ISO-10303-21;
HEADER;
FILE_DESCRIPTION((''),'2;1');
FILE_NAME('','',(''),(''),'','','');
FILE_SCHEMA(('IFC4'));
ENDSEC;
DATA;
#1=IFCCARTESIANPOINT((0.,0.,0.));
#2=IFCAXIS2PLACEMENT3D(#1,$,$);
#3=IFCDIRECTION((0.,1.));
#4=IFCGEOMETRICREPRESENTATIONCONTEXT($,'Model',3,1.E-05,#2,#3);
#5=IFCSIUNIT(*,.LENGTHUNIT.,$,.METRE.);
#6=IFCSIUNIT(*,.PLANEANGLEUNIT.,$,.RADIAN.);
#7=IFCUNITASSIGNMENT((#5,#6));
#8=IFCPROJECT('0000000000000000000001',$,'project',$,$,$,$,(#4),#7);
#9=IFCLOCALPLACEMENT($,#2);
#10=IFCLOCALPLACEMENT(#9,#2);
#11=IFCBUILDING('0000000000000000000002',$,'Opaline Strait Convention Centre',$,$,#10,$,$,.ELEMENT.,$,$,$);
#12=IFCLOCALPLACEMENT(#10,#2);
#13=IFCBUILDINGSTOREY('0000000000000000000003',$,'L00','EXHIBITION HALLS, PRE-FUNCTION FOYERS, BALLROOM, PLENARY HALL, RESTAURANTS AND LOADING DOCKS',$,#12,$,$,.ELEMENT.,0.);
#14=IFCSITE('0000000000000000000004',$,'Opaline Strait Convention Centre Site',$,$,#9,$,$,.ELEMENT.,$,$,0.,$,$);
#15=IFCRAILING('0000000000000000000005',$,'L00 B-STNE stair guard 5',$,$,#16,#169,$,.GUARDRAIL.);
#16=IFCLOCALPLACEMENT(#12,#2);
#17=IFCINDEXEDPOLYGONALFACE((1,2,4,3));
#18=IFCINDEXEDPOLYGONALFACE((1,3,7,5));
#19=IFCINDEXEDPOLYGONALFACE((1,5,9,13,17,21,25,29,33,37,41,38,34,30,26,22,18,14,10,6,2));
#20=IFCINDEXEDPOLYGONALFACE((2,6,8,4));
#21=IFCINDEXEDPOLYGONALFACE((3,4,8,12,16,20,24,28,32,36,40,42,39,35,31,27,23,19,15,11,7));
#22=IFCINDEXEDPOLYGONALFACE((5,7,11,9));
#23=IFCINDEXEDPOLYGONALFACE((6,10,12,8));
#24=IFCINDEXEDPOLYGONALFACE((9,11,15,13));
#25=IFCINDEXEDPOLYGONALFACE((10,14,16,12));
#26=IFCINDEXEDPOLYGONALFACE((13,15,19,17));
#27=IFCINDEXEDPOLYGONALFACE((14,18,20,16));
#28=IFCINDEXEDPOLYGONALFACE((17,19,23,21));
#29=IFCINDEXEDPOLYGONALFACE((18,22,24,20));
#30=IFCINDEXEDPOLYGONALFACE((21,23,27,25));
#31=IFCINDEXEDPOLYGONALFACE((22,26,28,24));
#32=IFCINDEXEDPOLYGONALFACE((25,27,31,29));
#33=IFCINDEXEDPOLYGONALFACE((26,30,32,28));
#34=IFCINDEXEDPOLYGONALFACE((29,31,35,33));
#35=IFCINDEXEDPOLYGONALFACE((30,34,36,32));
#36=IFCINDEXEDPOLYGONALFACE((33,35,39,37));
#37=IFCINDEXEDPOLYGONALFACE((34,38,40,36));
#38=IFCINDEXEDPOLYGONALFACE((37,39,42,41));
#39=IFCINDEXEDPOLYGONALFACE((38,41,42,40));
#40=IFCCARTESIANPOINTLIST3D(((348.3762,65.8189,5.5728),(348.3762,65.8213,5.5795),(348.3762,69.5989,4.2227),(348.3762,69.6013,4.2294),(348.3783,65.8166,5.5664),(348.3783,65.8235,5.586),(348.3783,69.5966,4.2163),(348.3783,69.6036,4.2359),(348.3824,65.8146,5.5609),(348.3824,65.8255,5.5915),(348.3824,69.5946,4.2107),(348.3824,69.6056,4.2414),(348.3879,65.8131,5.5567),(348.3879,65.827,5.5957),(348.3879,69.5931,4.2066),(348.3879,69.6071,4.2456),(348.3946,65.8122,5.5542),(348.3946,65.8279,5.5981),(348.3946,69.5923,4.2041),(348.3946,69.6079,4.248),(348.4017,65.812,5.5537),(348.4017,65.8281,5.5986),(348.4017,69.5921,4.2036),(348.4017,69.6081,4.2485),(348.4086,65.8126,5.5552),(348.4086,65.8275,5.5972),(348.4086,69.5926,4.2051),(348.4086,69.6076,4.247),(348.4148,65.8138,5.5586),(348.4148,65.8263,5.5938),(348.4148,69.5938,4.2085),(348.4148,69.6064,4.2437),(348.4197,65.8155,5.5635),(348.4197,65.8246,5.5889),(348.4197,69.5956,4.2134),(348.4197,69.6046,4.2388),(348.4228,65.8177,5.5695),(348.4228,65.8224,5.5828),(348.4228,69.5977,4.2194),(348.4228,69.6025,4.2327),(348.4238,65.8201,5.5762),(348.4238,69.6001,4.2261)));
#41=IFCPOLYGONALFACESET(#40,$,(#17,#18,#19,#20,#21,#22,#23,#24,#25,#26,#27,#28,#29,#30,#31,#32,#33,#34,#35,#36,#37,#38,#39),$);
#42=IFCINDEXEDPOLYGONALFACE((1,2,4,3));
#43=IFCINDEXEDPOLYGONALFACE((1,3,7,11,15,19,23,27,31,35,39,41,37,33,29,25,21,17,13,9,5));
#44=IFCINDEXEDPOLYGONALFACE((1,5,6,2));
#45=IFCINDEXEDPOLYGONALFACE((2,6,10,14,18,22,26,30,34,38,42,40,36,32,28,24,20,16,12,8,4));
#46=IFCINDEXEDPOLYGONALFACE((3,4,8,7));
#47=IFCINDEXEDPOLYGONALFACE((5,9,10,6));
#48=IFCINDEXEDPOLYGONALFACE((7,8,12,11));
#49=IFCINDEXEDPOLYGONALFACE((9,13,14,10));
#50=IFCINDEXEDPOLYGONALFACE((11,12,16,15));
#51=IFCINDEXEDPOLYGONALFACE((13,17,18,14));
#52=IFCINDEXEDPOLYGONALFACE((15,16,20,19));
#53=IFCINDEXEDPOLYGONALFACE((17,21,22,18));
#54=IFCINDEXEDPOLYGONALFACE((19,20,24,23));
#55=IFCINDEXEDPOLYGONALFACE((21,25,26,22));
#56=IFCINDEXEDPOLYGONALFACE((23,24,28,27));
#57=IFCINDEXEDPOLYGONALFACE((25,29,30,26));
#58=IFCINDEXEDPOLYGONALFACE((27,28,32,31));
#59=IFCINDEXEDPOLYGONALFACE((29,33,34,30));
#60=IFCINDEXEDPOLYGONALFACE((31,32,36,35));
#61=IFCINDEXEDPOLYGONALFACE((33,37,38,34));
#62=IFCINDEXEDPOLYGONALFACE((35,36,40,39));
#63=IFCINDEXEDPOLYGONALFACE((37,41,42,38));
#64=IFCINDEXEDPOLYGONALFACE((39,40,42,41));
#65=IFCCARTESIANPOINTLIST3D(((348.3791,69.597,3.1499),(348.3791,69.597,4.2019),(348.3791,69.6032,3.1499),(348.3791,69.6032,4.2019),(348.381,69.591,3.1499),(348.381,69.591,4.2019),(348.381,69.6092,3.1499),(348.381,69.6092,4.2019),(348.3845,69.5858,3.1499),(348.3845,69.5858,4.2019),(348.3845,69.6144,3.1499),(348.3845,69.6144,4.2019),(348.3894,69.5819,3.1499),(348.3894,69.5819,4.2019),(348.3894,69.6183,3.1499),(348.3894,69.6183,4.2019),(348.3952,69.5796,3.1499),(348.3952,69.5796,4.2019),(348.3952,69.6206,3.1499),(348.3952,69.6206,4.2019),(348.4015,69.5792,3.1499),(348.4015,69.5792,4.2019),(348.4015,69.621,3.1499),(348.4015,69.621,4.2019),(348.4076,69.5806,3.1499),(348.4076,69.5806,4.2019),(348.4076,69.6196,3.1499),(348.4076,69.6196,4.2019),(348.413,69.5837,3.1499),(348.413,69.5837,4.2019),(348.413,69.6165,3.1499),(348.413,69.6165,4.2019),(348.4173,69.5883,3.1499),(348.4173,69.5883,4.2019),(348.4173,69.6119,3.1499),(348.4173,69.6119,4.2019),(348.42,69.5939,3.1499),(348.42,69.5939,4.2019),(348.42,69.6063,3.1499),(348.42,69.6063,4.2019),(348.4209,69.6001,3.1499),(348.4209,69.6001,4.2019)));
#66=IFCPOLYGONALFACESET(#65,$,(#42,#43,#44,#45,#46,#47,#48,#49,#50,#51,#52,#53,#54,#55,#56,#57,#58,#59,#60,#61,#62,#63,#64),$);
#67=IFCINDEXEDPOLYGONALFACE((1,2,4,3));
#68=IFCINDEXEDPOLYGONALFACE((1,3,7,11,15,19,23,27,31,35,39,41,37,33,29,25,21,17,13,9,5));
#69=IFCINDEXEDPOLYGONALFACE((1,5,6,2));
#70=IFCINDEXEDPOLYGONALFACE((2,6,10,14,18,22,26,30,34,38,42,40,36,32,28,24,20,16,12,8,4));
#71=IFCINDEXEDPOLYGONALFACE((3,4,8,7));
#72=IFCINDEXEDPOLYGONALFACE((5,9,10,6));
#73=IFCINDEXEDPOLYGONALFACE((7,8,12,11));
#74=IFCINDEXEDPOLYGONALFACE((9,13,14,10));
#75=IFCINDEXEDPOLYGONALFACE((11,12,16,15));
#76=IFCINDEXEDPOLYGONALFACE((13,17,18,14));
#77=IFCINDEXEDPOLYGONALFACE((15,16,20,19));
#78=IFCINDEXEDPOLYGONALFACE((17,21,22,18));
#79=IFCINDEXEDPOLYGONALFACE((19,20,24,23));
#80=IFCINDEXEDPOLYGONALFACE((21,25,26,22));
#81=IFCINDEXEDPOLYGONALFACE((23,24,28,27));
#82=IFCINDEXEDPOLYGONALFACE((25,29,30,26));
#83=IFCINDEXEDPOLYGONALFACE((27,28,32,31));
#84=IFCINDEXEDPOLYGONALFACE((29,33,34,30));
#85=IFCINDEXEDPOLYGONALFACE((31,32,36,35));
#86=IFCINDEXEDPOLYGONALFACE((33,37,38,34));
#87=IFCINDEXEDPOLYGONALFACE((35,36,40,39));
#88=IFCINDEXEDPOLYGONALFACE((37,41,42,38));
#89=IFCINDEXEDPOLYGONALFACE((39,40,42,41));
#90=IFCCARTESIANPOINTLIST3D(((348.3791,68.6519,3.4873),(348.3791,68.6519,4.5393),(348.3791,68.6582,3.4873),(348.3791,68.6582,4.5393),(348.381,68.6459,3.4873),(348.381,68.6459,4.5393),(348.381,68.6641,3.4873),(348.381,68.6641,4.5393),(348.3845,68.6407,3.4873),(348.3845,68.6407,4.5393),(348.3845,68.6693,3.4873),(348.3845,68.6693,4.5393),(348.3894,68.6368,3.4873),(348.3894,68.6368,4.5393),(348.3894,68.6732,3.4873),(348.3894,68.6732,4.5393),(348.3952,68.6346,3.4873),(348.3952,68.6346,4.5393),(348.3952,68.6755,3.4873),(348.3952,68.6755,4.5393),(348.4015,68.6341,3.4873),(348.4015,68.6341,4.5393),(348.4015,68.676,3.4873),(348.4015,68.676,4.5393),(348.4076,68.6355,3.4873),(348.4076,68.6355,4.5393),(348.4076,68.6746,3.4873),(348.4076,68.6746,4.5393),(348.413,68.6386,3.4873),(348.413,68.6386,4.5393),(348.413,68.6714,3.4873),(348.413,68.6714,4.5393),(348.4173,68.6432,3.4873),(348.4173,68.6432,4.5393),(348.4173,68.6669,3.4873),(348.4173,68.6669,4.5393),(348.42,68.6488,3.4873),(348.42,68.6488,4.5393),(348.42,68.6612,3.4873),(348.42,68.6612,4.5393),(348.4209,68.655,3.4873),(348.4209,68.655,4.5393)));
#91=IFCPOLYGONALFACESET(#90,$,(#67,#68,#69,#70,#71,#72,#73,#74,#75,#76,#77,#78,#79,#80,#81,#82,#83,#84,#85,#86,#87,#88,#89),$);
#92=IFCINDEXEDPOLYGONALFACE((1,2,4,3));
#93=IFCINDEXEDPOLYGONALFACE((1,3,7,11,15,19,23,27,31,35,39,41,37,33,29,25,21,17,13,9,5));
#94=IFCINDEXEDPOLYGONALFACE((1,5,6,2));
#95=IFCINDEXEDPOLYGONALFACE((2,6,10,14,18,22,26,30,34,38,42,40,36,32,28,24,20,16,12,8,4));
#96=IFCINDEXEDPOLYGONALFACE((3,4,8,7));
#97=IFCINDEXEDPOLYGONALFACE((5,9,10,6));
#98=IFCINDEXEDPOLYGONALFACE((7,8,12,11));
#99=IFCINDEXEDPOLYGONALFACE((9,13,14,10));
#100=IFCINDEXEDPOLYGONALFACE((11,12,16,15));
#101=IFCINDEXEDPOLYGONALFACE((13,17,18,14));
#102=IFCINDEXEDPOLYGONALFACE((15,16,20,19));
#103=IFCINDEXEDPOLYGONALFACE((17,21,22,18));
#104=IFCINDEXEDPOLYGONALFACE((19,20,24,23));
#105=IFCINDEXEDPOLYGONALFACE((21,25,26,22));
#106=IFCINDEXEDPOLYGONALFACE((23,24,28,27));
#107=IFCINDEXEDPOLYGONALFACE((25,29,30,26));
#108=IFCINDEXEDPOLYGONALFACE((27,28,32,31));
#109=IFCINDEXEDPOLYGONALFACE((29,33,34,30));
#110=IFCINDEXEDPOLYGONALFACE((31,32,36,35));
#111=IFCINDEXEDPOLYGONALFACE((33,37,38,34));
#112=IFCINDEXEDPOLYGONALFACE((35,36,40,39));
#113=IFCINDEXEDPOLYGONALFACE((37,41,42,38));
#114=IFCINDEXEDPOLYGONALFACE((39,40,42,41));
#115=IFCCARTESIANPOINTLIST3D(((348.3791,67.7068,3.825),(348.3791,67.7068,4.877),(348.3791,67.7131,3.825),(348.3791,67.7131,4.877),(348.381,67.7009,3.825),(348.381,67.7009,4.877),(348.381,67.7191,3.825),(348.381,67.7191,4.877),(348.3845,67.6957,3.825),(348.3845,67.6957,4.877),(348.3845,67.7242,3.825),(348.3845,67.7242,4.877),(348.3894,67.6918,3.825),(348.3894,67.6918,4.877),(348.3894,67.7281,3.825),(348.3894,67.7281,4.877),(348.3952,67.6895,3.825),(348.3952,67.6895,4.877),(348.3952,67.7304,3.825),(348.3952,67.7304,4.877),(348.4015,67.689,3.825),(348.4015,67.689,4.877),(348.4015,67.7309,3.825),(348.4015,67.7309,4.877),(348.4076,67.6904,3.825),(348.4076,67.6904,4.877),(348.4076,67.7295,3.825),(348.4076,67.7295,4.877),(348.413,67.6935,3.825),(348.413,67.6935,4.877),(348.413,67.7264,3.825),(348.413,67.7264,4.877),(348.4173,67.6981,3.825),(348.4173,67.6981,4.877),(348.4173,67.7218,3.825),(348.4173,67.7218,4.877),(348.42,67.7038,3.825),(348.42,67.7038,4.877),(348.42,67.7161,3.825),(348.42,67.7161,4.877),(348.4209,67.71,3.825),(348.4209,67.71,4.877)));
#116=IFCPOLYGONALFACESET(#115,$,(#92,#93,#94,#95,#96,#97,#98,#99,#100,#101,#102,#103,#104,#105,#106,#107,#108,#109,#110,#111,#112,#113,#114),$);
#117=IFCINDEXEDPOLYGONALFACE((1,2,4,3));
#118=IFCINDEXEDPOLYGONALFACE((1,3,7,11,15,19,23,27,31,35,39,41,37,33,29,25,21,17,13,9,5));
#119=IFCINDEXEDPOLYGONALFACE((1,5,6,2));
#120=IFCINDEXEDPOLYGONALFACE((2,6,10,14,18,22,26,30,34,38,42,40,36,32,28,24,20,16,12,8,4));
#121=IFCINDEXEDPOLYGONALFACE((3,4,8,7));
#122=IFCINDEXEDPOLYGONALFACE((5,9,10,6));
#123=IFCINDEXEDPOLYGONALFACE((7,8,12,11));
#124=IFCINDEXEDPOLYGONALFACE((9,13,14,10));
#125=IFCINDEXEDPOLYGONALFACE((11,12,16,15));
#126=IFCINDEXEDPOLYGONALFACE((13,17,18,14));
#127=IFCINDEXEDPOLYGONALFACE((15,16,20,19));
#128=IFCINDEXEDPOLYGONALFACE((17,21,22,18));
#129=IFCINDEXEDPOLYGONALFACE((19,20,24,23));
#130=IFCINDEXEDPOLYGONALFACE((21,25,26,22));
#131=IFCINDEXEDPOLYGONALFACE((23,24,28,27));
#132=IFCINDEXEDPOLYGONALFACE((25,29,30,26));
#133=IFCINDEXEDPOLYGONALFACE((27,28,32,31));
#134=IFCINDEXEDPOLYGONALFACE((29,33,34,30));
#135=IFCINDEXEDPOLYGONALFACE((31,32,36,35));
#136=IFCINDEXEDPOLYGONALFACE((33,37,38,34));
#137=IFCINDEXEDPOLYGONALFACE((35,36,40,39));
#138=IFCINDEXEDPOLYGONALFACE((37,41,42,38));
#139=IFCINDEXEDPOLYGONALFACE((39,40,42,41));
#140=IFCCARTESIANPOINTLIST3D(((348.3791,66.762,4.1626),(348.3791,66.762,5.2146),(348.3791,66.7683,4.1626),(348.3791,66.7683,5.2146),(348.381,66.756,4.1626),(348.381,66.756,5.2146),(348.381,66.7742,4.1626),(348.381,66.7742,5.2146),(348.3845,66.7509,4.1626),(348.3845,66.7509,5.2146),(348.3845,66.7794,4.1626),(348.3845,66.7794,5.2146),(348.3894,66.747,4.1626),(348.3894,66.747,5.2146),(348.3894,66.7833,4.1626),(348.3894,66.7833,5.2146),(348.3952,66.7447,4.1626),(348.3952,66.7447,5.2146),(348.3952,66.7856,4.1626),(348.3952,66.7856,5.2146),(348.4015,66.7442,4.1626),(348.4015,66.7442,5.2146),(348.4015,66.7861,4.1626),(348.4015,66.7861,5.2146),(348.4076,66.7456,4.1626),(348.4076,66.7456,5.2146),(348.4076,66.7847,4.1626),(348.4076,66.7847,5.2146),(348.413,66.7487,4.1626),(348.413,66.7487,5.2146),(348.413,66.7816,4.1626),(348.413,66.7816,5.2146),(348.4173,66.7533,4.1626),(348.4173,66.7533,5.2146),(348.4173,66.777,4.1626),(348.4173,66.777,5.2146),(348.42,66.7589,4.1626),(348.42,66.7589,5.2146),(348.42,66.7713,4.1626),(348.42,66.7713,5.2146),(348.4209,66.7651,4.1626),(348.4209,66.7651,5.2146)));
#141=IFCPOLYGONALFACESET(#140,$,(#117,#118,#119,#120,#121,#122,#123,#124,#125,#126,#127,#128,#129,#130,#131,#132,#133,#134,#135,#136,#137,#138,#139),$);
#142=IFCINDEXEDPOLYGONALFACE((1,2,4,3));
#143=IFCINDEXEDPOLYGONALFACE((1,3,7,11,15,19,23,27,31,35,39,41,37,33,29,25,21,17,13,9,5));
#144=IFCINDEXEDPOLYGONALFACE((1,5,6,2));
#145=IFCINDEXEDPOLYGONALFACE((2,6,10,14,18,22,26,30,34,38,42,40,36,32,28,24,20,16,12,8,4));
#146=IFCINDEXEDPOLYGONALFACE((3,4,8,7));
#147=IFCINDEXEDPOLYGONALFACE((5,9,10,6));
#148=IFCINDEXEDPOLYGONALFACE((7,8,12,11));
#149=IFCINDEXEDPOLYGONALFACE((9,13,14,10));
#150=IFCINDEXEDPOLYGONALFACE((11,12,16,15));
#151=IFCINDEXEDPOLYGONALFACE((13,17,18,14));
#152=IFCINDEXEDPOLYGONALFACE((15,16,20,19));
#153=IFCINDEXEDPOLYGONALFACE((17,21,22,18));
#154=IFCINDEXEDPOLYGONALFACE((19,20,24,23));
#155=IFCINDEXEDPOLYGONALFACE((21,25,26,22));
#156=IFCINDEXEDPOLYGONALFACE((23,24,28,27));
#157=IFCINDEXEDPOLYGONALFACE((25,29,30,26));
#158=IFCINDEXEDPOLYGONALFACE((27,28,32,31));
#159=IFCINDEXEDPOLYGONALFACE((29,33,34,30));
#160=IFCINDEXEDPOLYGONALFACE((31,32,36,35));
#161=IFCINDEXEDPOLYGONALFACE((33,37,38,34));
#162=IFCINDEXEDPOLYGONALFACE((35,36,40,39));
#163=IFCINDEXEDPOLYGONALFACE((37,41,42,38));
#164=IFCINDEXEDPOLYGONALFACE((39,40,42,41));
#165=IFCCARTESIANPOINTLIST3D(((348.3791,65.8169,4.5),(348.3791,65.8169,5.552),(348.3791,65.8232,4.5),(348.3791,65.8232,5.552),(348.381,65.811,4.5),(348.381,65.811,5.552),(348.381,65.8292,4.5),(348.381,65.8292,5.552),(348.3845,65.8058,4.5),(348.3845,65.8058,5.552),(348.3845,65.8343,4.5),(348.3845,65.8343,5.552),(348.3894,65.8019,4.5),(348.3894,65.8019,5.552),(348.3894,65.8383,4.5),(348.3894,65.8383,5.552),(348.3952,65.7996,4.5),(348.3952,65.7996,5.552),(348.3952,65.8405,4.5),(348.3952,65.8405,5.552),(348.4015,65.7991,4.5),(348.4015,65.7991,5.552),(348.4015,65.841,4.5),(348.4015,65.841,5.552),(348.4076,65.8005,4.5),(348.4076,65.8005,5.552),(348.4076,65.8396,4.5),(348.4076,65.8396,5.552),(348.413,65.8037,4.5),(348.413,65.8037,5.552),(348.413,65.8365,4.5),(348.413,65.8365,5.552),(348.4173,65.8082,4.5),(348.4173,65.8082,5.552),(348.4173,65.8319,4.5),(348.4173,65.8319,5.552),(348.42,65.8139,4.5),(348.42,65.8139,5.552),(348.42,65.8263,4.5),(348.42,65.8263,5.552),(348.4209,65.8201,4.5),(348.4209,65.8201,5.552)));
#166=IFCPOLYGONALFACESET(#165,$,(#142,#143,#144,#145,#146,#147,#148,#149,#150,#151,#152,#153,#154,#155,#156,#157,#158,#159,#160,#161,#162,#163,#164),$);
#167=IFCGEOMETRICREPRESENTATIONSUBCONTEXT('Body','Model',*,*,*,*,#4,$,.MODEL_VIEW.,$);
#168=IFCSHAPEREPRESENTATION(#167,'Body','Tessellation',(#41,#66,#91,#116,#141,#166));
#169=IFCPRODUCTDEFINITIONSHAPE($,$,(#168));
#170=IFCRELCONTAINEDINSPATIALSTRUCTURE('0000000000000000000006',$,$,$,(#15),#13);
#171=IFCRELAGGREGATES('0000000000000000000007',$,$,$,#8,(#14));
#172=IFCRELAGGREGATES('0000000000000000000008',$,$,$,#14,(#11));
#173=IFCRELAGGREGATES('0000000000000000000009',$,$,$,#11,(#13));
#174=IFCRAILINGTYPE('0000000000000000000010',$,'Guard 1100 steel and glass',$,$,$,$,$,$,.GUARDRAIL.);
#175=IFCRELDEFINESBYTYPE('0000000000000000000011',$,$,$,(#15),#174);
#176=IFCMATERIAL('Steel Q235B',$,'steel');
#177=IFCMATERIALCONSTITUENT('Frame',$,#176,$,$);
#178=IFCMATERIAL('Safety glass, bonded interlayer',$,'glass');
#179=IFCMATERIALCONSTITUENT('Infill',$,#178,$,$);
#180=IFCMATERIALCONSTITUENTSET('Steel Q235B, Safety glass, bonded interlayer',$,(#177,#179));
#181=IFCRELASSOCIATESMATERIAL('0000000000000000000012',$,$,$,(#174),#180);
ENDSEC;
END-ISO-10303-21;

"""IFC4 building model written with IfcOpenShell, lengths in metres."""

from ifc_helpers import new_model, si_unit, direction, frame, origin, origin_2d, place, context, subcontext, project, spatial, circle, extrude, material, constituent, constituent_set, type_object, element, save


model = new_model("IFC4")

# Units and contexts
model_context = context("Model", 3, precision=1e-05, world=origin(), true_north=direction((0.0, 1.0)))
body_context = subcontext(model_context, "Body", "Model", "MODEL_VIEW")
ifc_project = project(units=[si_unit("LENGTHUNIT", "METRE"), si_unit("PLANEANGLEUNIT", "RADIAN")], contexts=[model_context])

# Site, building, storey
site_placement = place(None, origin())
site = spatial("IfcSite", under=ifc_project, at=site_placement, Name="Opaline Strait Convention Centre Site", CompositionType="ELEMENT", RefElevation=0.0)
building_placement = place(site_placement, origin())
building = spatial("IfcBuilding", under=site, at=building_placement, Name="Opaline Strait Convention Centre", CompositionType="ELEMENT")
storey_placement = place(building_placement, origin())
storey = spatial("IfcBuildingStorey", under=building, at=storey_placement, Name="L00", Description="EXHIBITION HALLS, PRE-FUNCTION FOYERS, BALLROOM, PLENARY HALL, RESTAURANTS AND LOADING DOCKS", CompositionType="ELEMENT", Elevation=0.0)

# Shared definitions
ifc_material_1 = material(Name="Steel Q235B", Category="steel")

# Railing
ifc_constituent_1 = constituent(ifc_material_1, Name="Frame")
ifc_material_2 = material(Name="Safety glass, bonded interlayer", Category="glass")
ifc_constituent_2 = constituent(ifc_material_2, Name="Infill")
ifc_constituent_set = constituent_set(constituents=[ifc_constituent_1, ifc_constituent_2], Name="Steel Q235B, Safety glass, bonded interlayer")
railing_type_1 = type_object("IfcRailingType", Name="Guard 1100 steel and glass", PredefinedType="GUARDRAIL", material=ifc_constituent_set)
railing_1_placement = place(storey_placement, frame((348.3999, 69.6001, 3.1499)))
element("IfcRailing", 1, at=railing_1_placement, inside=storey, type_object=railing_type_1, Name="L00 B-STNE stair guard 5", PredefinedType="GUARDRAIL", context=body_context, shape_type="SweptSolid", body=[
    extrude(circle(Radius=0.0239, at=origin_2d()), frame((0.0, 0.0, 1.0762), z_axis=(0.0, -0.941735, 0.336356), x_axis=(1.0, 0.0, 0.0)), (0.0, 0.0, 1.0), 4.0139),
    extrude(circle(Radius=0.021, at=origin_2d()), origin(), (0.0, 0.0, 1.0), 1.052),
    extrude(circle(Radius=0.021, at=origin_2d()), frame((0.0, -0.9451, 0.3374)), (0.0, 0.0, 1.0), 1.052),
    extrude(circle(Radius=0.021, at=origin_2d()), frame((0.0, -1.8901, 0.675)), (0.0, 0.0, 1.0), 1.052),
    extrude(circle(Radius=0.021, at=origin_2d()), frame((0.0, -2.835, 1.0127)), (0.0, 0.0, 1.0), 1.052),
    extrude(circle(Radius=0.021, at=origin_2d()), frame((0.0, -3.78, 1.3501)), (0.0, 0.0, 1.0), 1.052),
])

save(model, "model.ifc")
